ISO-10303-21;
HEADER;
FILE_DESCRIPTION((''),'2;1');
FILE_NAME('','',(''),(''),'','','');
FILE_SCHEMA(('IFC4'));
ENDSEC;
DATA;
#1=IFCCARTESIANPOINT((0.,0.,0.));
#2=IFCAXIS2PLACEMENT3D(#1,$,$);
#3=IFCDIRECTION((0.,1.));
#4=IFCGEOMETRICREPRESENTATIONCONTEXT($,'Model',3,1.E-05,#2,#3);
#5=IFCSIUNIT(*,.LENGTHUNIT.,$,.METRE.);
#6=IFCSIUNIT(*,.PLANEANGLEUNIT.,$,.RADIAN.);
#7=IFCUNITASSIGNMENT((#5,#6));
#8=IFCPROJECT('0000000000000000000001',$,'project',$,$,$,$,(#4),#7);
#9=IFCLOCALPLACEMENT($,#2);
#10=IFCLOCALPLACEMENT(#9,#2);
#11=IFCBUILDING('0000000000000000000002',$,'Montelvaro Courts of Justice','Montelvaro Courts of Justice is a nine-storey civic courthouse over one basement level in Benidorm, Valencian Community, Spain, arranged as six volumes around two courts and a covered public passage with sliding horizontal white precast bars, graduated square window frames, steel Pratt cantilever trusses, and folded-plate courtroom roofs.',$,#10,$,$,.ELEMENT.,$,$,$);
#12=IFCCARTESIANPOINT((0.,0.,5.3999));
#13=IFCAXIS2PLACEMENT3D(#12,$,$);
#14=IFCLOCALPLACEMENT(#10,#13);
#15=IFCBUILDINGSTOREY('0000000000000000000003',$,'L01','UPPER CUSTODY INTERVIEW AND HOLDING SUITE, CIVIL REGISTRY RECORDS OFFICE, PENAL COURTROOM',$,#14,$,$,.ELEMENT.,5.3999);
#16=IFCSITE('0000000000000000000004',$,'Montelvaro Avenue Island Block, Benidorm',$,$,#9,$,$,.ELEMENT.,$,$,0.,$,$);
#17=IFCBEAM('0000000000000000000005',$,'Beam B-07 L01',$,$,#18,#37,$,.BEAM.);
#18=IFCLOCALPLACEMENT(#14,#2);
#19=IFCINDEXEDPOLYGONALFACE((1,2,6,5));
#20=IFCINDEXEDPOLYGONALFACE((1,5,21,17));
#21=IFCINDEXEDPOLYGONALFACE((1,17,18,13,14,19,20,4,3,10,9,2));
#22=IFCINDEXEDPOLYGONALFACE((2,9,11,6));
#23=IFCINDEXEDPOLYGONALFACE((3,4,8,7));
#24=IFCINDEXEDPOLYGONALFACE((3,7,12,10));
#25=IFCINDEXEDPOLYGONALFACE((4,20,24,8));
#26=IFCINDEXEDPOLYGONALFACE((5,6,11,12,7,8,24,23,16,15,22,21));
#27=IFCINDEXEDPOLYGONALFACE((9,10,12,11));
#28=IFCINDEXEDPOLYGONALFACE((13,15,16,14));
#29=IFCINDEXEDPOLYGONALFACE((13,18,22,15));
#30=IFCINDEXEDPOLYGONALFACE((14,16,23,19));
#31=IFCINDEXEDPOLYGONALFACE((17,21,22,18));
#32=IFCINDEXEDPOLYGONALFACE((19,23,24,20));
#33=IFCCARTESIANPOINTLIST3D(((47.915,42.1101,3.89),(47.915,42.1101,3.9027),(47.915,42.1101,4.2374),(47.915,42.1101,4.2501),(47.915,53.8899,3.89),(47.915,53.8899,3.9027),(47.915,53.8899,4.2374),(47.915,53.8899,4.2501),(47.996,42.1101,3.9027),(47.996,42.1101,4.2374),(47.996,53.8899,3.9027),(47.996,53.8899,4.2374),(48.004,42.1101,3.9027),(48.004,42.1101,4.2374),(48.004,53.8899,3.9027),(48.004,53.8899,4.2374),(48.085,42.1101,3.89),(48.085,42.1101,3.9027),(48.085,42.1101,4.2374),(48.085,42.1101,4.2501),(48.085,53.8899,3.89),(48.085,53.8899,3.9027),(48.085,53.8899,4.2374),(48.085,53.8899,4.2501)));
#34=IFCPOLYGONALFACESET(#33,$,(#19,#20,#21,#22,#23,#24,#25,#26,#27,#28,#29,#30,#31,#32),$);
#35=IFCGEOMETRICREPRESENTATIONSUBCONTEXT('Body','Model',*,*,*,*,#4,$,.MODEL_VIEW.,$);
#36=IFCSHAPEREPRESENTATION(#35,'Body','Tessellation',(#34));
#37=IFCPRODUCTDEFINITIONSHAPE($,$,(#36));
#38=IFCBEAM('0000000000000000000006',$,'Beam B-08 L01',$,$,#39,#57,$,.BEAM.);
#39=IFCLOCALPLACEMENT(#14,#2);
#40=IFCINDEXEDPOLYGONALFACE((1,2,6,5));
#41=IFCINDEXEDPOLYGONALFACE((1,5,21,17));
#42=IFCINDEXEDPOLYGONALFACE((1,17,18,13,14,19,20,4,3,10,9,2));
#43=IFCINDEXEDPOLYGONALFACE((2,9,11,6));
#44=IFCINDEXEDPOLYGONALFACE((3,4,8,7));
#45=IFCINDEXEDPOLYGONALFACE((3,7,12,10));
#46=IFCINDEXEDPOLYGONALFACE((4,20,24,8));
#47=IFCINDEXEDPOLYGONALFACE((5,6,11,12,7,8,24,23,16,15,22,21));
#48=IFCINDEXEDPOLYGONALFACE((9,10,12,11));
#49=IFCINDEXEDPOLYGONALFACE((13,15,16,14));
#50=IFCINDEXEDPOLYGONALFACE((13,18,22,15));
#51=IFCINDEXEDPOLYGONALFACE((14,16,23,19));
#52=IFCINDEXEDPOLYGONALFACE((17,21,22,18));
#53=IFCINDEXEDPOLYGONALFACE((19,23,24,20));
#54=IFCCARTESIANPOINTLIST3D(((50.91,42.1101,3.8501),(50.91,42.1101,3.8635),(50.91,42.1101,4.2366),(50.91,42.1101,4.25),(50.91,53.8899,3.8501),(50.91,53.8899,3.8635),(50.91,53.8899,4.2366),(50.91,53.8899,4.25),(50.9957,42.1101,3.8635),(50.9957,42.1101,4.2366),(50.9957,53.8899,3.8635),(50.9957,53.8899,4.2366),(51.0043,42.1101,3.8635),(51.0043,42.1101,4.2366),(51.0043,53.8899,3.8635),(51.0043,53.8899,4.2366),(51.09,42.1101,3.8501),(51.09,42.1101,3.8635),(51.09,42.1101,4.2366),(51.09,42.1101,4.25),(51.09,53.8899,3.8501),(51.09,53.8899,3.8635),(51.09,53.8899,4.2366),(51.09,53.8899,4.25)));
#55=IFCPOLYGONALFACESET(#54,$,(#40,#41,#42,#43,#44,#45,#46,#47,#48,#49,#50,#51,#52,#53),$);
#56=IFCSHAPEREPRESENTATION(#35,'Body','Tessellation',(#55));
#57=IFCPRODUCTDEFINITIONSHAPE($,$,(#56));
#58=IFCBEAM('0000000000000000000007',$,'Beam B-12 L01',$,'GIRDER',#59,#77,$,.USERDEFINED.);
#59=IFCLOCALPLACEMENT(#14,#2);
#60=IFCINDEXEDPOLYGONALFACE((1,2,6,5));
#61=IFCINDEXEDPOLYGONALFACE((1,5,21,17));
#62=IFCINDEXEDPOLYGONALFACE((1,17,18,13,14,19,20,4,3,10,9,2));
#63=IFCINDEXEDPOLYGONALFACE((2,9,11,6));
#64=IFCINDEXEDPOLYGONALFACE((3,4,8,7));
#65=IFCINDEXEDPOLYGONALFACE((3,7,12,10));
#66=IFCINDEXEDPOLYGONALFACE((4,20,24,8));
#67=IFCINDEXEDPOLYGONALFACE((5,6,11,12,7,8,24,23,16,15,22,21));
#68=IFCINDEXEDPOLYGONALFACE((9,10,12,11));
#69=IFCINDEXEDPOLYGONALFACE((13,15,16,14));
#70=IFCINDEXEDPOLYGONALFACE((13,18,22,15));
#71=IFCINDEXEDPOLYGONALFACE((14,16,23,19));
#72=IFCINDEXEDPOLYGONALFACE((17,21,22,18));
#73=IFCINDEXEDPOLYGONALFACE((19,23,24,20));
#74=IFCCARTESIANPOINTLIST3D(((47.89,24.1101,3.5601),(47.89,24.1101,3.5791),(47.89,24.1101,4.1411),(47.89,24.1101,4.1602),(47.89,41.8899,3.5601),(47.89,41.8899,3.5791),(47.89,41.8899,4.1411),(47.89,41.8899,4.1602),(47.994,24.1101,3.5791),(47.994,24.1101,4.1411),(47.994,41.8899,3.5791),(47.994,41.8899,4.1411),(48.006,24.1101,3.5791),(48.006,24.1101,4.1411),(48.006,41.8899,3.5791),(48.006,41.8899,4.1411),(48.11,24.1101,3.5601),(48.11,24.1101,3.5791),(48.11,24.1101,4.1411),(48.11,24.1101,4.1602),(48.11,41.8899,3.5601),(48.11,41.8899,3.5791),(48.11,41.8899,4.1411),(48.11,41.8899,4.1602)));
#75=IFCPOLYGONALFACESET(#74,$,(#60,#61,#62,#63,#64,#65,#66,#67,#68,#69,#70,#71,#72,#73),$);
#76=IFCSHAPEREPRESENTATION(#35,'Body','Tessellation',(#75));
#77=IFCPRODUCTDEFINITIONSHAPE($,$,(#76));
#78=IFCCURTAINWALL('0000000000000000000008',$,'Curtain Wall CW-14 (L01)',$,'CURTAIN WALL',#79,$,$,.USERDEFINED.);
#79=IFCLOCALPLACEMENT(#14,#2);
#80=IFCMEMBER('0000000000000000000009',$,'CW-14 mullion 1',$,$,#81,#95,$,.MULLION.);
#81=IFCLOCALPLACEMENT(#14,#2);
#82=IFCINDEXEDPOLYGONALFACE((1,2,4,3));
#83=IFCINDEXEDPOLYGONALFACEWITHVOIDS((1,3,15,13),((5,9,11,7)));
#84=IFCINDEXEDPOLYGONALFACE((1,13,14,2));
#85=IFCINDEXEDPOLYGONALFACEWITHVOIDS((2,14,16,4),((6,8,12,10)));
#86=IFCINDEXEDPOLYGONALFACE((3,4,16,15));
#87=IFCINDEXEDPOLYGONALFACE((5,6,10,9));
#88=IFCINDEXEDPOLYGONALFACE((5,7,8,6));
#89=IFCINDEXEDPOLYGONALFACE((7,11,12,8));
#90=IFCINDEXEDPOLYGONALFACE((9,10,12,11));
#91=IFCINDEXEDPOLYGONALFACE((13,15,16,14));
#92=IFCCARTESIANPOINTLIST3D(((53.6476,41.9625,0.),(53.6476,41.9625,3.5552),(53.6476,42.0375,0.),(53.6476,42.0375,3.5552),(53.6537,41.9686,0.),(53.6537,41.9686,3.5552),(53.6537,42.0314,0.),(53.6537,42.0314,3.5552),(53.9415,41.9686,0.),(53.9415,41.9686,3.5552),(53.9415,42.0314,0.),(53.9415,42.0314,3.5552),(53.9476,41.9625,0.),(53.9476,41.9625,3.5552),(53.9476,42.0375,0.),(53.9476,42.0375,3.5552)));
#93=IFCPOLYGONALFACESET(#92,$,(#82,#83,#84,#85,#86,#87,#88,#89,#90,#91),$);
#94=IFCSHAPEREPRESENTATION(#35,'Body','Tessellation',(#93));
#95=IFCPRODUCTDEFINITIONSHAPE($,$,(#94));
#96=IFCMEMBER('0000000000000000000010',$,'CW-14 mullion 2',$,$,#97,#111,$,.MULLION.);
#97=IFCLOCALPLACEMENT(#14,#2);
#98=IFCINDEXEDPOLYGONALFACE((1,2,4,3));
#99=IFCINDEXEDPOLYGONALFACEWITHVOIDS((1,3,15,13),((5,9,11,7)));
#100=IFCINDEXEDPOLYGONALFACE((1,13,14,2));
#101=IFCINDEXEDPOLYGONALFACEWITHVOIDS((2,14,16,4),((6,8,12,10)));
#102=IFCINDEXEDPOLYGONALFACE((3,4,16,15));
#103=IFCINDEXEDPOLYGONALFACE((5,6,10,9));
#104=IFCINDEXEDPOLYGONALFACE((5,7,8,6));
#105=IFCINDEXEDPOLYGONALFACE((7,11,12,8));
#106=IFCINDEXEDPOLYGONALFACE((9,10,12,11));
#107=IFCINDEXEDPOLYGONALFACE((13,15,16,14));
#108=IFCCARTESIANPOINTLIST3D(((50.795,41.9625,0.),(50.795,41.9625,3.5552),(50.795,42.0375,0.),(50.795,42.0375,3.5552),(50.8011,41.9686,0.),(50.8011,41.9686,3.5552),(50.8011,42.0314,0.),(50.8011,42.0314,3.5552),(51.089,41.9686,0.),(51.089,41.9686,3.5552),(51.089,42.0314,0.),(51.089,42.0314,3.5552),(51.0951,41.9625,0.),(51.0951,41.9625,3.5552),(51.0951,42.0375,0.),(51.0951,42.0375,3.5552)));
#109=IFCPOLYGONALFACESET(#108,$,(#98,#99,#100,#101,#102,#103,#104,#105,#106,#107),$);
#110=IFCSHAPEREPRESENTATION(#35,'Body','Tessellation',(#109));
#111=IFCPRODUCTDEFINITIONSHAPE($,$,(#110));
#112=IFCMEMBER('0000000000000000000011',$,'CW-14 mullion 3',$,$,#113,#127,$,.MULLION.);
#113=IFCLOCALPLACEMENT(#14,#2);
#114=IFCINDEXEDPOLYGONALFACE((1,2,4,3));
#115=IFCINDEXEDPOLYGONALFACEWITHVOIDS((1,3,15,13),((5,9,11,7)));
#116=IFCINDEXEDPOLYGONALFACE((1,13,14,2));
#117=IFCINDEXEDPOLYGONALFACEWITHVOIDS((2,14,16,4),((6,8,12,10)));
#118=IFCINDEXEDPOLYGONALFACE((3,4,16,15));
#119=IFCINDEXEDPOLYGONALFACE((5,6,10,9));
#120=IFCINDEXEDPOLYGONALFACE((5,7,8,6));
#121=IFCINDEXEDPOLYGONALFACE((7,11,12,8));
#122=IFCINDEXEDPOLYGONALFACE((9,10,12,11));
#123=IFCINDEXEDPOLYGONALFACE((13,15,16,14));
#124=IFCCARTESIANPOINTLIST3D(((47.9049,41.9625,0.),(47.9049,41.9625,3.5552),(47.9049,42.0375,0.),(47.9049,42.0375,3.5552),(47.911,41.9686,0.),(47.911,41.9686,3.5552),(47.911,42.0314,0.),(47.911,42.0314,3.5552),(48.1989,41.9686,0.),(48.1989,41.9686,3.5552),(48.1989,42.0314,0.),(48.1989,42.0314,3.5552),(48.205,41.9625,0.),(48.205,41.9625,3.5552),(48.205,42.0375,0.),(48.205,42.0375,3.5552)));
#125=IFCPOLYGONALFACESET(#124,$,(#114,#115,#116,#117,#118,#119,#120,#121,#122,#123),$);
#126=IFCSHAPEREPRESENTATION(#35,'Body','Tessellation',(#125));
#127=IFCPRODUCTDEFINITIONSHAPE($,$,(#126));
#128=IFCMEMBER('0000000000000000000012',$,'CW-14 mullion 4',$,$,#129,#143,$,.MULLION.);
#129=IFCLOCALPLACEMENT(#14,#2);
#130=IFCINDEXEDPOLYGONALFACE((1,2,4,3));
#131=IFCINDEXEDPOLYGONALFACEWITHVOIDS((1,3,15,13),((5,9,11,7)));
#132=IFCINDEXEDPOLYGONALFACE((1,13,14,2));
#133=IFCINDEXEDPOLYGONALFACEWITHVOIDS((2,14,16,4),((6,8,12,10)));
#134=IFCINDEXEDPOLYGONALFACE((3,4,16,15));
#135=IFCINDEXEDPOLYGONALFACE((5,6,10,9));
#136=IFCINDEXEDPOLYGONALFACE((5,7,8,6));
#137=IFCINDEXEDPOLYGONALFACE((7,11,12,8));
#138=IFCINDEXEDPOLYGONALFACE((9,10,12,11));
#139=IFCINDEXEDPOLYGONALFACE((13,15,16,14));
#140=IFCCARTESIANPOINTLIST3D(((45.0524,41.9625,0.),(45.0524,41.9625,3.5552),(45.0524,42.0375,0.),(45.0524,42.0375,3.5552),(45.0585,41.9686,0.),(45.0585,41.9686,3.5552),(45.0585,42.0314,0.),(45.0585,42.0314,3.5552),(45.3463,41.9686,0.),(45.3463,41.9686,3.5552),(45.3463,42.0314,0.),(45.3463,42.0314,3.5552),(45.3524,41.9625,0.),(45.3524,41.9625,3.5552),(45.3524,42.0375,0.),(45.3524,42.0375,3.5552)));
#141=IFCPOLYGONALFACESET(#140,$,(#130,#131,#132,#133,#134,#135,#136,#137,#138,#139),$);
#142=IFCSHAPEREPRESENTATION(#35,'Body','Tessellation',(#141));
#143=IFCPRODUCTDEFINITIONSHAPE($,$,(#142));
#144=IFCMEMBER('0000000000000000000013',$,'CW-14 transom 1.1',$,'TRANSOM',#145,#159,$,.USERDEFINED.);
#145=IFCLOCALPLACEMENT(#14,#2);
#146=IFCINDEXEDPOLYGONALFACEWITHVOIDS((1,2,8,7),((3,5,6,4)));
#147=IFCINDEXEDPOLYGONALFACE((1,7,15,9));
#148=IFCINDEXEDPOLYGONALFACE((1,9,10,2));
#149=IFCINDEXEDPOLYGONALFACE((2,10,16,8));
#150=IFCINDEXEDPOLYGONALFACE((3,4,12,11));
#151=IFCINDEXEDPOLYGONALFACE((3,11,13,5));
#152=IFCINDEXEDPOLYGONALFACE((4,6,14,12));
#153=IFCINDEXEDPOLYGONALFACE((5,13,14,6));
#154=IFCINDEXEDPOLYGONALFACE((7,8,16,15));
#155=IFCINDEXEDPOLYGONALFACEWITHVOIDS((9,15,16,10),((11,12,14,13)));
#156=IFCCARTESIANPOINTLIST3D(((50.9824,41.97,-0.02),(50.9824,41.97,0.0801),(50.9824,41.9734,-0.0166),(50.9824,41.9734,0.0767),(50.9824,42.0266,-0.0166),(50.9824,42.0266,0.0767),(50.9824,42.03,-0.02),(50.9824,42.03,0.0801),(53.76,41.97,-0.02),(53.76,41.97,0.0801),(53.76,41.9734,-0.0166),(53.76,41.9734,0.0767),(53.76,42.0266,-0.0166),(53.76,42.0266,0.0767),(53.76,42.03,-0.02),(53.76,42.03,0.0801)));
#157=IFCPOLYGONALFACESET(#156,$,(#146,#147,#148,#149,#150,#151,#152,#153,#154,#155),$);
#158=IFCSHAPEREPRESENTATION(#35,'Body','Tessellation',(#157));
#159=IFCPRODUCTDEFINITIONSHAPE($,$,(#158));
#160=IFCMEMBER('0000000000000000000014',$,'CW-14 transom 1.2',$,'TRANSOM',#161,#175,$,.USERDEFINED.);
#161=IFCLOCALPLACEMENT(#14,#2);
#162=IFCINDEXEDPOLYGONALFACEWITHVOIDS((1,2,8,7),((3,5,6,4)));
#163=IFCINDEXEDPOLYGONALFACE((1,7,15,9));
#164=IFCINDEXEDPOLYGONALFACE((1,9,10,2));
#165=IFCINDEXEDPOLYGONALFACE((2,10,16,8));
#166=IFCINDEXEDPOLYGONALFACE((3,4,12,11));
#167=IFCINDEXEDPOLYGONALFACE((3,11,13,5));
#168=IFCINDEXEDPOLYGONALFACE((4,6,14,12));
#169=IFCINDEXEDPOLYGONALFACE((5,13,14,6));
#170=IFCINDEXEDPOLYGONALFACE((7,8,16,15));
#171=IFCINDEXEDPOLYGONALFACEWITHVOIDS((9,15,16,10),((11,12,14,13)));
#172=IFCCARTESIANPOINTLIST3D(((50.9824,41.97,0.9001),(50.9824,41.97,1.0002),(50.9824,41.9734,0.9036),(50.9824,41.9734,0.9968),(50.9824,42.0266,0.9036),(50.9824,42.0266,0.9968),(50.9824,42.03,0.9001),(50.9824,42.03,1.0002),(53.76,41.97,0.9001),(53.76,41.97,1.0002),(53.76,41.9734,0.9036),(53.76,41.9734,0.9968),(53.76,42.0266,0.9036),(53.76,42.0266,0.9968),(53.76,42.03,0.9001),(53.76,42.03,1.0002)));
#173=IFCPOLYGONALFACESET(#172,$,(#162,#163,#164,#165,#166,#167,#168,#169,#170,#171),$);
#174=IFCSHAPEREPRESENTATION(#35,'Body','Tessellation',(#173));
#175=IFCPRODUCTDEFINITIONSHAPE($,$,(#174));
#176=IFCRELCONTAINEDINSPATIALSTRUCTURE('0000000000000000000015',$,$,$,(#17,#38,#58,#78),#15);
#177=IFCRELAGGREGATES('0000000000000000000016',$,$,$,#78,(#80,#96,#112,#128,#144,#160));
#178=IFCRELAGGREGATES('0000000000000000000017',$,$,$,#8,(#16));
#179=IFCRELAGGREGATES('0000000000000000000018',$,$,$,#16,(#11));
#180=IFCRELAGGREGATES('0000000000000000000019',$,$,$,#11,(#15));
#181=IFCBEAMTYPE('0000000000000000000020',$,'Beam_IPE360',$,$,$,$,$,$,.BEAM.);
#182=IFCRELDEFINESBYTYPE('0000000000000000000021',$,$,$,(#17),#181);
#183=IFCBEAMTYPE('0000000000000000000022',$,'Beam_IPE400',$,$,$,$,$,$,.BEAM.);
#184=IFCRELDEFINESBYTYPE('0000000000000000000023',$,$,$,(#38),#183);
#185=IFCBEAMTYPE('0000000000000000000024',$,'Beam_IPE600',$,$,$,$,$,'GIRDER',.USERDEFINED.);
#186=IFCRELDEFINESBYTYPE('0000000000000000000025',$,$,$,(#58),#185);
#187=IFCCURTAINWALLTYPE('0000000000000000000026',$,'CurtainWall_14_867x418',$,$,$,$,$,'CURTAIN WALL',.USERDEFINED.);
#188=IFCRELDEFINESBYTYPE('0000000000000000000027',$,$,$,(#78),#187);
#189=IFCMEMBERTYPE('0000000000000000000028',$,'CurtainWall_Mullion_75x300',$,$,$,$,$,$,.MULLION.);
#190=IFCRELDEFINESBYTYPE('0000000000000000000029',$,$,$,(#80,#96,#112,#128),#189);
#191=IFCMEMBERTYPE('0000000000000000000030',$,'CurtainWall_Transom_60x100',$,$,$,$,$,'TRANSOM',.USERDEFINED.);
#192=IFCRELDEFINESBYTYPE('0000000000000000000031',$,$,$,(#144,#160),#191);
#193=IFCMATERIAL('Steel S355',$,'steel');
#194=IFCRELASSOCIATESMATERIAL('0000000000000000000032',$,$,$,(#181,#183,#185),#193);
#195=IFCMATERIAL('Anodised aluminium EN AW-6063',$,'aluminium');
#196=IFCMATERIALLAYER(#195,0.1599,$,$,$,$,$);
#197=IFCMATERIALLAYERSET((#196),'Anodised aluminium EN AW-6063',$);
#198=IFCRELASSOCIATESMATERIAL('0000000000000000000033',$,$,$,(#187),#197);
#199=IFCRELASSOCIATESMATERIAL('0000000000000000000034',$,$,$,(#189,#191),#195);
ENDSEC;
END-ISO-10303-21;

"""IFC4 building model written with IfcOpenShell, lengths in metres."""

from ifc_helpers import new_model, si_unit, direction, frame, origin, origin_2d, place, context, subcontext, project, spatial, hollow_rectangle, i_section, extrude, material, layer, layer_set, material_profile, profile_set, type_object, element, aggregate, save


model = new_model("IFC4")

# Units and contexts
model_context = context("Model", 3, precision=1e-05, world=origin(), true_north=direction((0.0, 1.0)))
body_context = subcontext(model_context, "Body", "Model", "MODEL_VIEW")
ifc_project = project(units=[si_unit("LENGTHUNIT", "METRE"), si_unit("PLANEANGLEUNIT", "RADIAN")], contexts=[model_context])

# Site, building, storey
site_placement = place(None, origin())
site = spatial("IfcSite", under=ifc_project, at=site_placement, Name="Montelvaro Avenue Island Block, Benidorm", CompositionType="ELEMENT", RefElevation=0.0)
building_placement = place(site_placement, origin())
building = spatial("IfcBuilding", under=site, at=building_placement, Name="Montelvaro Courts of Justice", Description="Montelvaro Courts of Justice is a nine-storey civic courthouse over one basement level in Benidorm, Valencian Community, Spain, arranged as six volumes around two courts and a covered public passage with sliding horizontal white precast bars, graduated square window frames, steel Pratt cantilever trusses, and folded-plate courtroom roofs.", CompositionType="ELEMENT")
storey_placement = place(building_placement, frame((0.0, 0.0, 5.3999)))
storey = spatial("IfcBuildingStorey", under=building, at=storey_placement, Name="L01", Description="UPPER CUSTODY INTERVIEW AND HOLDING SUITE, CIVIL REGISTRY RECORDS OFFICE, PENAL COURTROOM", CompositionType="ELEMENT", Elevation=5.3999)

# Shared definitions
ifc_material_1 = material(Name="Steel S355", Category="steel")

# Beams
ifc_material_profile_1 = material_profile(ifc_material_1, i_section(OverallWidth=0.1699, OverallDepth=0.3601, WebThickness=0.0081, FlangeThickness=0.0127, at=origin_2d()), Name="IPE 360")
ifc_profile_set_1 = profile_set([ifc_material_profile_1], Name="Steel S355")
beam_type_1 = type_object("IfcBeamType", Name="Beam_IPE360", PredefinedType="BEAM", material=ifc_profile_set_1)
beam_1_placement = place(storey_placement, frame((48.0, 42.1101, 4.0701), z_axis=(0.0, 1.0, 0.0), x_axis=(-1.0, 0.0, 0.0)))
element("IfcBeam", 1, at=beam_1_placement, inside=storey, type_object=beam_type_1, Name="Beam B-07 L01", PredefinedType="BEAM", context=body_context, shape_type="SweptSolid", body=[
    extrude(i_section(OverallWidth=0.1699, OverallDepth=0.3601, WebThickness=0.0081, FlangeThickness=0.0127, at=origin_2d()), origin(), (0.0, 0.0, 1.0), 11.7798),
])
ifc_material_profile_2 = material_profile(ifc_material_1, i_section(OverallWidth=0.1799, OverallDepth=0.3999, WebThickness=0.0085, FlangeThickness=0.0134, at=origin_2d()), Name="IPE 400")
ifc_profile_set_2 = profile_set([ifc_material_profile_2], Name="Steel S355")
beam_type_2 = type_object("IfcBeamType", Name="Beam_IPE400", PredefinedType="BEAM", material=ifc_profile_set_2)
beam_2_placement = place(storey_placement, frame((51.0, 42.1101, 4.05), z_axis=(0.0, 1.0, 0.0), x_axis=(-1.0, 0.0, 0.0)))
element("IfcBeam", 2, at=beam_2_placement, inside=storey, type_object=beam_type_2, Name="Beam B-08 L01", PredefinedType="BEAM", context=body_context, shape_type="SweptSolid", body=[
    extrude(i_section(OverallWidth=0.1799, OverallDepth=0.3999, WebThickness=0.0085, FlangeThickness=0.0134, at=origin_2d()), origin(), (0.0, 0.0, 1.0), 11.7798),
])
ifc_material_profile_3 = material_profile(ifc_material_1, i_section(OverallWidth=0.22, OverallDepth=0.6001, WebThickness=0.012, FlangeThickness=0.019, at=origin_2d()), Name="IPE 600")
ifc_profile_set_3 = profile_set([ifc_material_profile_3], Name="Steel S355")
beam_type_3 = type_object("IfcBeamType", Name="Beam_IPE600", ElementType="GIRDER", PredefinedType="USERDEFINED", material=ifc_profile_set_3)
beam_3_placement = place(storey_placement, frame((48.0, 24.1101, 3.8601), z_axis=(0.0, 1.0, 0.0), x_axis=(-1.0, 0.0, 0.0)))
element("IfcBeam", 3, at=beam_3_placement, inside=storey, type_object=beam_type_3, Name="Beam B-12 L01", ObjectType="GIRDER", PredefinedType="USERDEFINED", context=body_context, shape_type="SweptSolid", body=[
    extrude(i_section(OverallWidth=0.22, OverallDepth=0.6001, WebThickness=0.012, FlangeThickness=0.019, at=origin_2d()), origin(), (0.0, 0.0, 1.0), 17.7798),
])

# Curtain wall, members
ifc_material_2 = material(Name="Anodised aluminium EN AW-6063", Category="aluminium")
ifc_layer_1 = layer(ifc_material_2, 0.1599)
ifc_layer_set_1 = layer_set([ifc_layer_1], Name="Anodised aluminium EN AW-6063")
curtain_wall_type = type_object("IfcCurtainWallType", Name="CurtainWall_14_867x418", ElementType="CURTAIN WALL", PredefinedType="USERDEFINED", material=ifc_layer_set_1)
curtain_wall_placement = place(storey_placement, origin())
curtain_wall = element("IfcCurtainWall", 4, at=curtain_wall_placement, inside=storey, type_object=curtain_wall_type, Name="Curtain Wall CW-14 (L01)", ObjectType="CURTAIN WALL", PredefinedType="USERDEFINED")
ifc_material_profile_4 = material_profile(ifc_material_2, hollow_rectangle(XDim=0.075, YDim=0.3, WallThickness=0.0061, at=origin_2d()), Name="ALU-M 75x300")
ifc_profile_set_4 = profile_set([ifc_material_profile_4], Name="Anodised aluminium EN AW-6063")
member_type_1 = type_object("IfcMemberType", Name="CurtainWall_Mullion_75x300", PredefinedType="MULLION", material=ifc_profile_set_4)
member_1_placement = place(storey_placement, frame((53.7976, 42.0, 0.0), z_axis=(0.0, 0.0, 1.0), x_axis=(0.0, -1.0, 0.0)))
member_1 = element("IfcMember", 5, at=member_1_placement, type_object=member_type_1, Name="CW-14 mullion 1", PredefinedType="MULLION", context=body_context, shape_type="SweptSolid", body=[
    extrude(hollow_rectangle(XDim=0.075, YDim=0.3, WallThickness=0.0061, at=origin_2d()), origin(), (0.0, 0.0, 1.0), 3.5552),
])
member_2_placement = place(storey_placement, frame((50.9451, 42.0, 0.0), z_axis=(0.0, 0.0, 1.0), x_axis=(0.0, -1.0, 0.0)))
member_2 = element("IfcMember", 6, at=member_2_placement, type_object=member_type_1, Name="CW-14 mullion 2", PredefinedType="MULLION", context=body_context, shape_type="SweptSolid", body=[
    extrude(hollow_rectangle(XDim=0.075, YDim=0.3, WallThickness=0.0061, at=origin_2d()), origin(), (0.0, 0.0, 1.0), 3.5552),
])
member_3_placement = place(storey_placement, frame((48.0549, 42.0, 0.0), z_axis=(0.0, 0.0, 1.0), x_axis=(0.0, -1.0, 0.0)))
member_3 = element("IfcMember", 7, at=member_3_placement, type_object=member_type_1, Name="CW-14 mullion 3", PredefinedType="MULLION", context=body_context, shape_type="SweptSolid", body=[
    extrude(hollow_rectangle(XDim=0.075, YDim=0.3, WallThickness=0.0061, at=origin_2d()), origin(), (0.0, 0.0, 1.0), 3.5552),
])
member_4_placement = place(storey_placement, frame((45.2024, 42.0, 0.0), z_axis=(0.0, 0.0, 1.0), x_axis=(0.0, -1.0, 0.0)))
member_4 = element("IfcMember", 8, at=member_4_placement, type_object=member_type_1, Name="CW-14 mullion 4", PredefinedType="MULLION", context=body_context, shape_type="SweptSolid", body=[
    extrude(hollow_rectangle(XDim=0.075, YDim=0.3, WallThickness=0.0061, at=origin_2d()), origin(), (0.0, 0.0, 1.0), 3.5552),
])
ifc_material_profile_5 = material_profile(ifc_material_2, hollow_rectangle(XDim=0.0601, YDim=0.1001, WallThickness=0.0034, at=origin_2d()), Name="ALU-T 60x100")
ifc_profile_set_5 = profile_set([ifc_material_profile_5], Name="Anodised aluminium EN AW-6063")
member_type_2 = type_object("IfcMemberType", Name="CurtainWall_Transom_60x100", ElementType="TRANSOM", PredefinedType="USERDEFINED", material=ifc_profile_set_5)
member_5_placement = place(storey_placement, frame((53.76, 42.0, 0.03), z_axis=(-1.0, 0.0, 0.0), x_axis=(0.0, -1.0, 0.0)))
member_5 = element("IfcMember", 9, at=member_5_placement, type_object=member_type_2, Name="CW-14 transom 1.1", ObjectType="TRANSOM", PredefinedType="USERDEFINED", context=body_context, shape_type="SweptSolid", body=[
    extrude(hollow_rectangle(XDim=0.0601, YDim=0.1001, WallThickness=0.0034, at=origin_2d()), origin(), (0.0, 0.0, 1.0), 2.7776),
])
member_6_placement = place(storey_placement, frame((53.76, 42.0, 0.9502), z_axis=(-1.0, 0.0, 0.0), x_axis=(0.0, -1.0, 0.0)))
member_6 = element("IfcMember", 10, at=member_6_placement, type_object=member_type_2, Name="CW-14 transom 1.2", ObjectType="TRANSOM", PredefinedType="USERDEFINED", context=body_context, shape_type="SweptSolid", body=[
    extrude(hollow_rectangle(XDim=0.0601, YDim=0.1001, WallThickness=0.0034, at=origin_2d()), origin(), (0.0, 0.0, 1.0), 2.7776),
])
aggregate(curtain_wall, [member_1, member_2, member_3, member_4, member_5, member_6])

save(model, "model.ifc")
